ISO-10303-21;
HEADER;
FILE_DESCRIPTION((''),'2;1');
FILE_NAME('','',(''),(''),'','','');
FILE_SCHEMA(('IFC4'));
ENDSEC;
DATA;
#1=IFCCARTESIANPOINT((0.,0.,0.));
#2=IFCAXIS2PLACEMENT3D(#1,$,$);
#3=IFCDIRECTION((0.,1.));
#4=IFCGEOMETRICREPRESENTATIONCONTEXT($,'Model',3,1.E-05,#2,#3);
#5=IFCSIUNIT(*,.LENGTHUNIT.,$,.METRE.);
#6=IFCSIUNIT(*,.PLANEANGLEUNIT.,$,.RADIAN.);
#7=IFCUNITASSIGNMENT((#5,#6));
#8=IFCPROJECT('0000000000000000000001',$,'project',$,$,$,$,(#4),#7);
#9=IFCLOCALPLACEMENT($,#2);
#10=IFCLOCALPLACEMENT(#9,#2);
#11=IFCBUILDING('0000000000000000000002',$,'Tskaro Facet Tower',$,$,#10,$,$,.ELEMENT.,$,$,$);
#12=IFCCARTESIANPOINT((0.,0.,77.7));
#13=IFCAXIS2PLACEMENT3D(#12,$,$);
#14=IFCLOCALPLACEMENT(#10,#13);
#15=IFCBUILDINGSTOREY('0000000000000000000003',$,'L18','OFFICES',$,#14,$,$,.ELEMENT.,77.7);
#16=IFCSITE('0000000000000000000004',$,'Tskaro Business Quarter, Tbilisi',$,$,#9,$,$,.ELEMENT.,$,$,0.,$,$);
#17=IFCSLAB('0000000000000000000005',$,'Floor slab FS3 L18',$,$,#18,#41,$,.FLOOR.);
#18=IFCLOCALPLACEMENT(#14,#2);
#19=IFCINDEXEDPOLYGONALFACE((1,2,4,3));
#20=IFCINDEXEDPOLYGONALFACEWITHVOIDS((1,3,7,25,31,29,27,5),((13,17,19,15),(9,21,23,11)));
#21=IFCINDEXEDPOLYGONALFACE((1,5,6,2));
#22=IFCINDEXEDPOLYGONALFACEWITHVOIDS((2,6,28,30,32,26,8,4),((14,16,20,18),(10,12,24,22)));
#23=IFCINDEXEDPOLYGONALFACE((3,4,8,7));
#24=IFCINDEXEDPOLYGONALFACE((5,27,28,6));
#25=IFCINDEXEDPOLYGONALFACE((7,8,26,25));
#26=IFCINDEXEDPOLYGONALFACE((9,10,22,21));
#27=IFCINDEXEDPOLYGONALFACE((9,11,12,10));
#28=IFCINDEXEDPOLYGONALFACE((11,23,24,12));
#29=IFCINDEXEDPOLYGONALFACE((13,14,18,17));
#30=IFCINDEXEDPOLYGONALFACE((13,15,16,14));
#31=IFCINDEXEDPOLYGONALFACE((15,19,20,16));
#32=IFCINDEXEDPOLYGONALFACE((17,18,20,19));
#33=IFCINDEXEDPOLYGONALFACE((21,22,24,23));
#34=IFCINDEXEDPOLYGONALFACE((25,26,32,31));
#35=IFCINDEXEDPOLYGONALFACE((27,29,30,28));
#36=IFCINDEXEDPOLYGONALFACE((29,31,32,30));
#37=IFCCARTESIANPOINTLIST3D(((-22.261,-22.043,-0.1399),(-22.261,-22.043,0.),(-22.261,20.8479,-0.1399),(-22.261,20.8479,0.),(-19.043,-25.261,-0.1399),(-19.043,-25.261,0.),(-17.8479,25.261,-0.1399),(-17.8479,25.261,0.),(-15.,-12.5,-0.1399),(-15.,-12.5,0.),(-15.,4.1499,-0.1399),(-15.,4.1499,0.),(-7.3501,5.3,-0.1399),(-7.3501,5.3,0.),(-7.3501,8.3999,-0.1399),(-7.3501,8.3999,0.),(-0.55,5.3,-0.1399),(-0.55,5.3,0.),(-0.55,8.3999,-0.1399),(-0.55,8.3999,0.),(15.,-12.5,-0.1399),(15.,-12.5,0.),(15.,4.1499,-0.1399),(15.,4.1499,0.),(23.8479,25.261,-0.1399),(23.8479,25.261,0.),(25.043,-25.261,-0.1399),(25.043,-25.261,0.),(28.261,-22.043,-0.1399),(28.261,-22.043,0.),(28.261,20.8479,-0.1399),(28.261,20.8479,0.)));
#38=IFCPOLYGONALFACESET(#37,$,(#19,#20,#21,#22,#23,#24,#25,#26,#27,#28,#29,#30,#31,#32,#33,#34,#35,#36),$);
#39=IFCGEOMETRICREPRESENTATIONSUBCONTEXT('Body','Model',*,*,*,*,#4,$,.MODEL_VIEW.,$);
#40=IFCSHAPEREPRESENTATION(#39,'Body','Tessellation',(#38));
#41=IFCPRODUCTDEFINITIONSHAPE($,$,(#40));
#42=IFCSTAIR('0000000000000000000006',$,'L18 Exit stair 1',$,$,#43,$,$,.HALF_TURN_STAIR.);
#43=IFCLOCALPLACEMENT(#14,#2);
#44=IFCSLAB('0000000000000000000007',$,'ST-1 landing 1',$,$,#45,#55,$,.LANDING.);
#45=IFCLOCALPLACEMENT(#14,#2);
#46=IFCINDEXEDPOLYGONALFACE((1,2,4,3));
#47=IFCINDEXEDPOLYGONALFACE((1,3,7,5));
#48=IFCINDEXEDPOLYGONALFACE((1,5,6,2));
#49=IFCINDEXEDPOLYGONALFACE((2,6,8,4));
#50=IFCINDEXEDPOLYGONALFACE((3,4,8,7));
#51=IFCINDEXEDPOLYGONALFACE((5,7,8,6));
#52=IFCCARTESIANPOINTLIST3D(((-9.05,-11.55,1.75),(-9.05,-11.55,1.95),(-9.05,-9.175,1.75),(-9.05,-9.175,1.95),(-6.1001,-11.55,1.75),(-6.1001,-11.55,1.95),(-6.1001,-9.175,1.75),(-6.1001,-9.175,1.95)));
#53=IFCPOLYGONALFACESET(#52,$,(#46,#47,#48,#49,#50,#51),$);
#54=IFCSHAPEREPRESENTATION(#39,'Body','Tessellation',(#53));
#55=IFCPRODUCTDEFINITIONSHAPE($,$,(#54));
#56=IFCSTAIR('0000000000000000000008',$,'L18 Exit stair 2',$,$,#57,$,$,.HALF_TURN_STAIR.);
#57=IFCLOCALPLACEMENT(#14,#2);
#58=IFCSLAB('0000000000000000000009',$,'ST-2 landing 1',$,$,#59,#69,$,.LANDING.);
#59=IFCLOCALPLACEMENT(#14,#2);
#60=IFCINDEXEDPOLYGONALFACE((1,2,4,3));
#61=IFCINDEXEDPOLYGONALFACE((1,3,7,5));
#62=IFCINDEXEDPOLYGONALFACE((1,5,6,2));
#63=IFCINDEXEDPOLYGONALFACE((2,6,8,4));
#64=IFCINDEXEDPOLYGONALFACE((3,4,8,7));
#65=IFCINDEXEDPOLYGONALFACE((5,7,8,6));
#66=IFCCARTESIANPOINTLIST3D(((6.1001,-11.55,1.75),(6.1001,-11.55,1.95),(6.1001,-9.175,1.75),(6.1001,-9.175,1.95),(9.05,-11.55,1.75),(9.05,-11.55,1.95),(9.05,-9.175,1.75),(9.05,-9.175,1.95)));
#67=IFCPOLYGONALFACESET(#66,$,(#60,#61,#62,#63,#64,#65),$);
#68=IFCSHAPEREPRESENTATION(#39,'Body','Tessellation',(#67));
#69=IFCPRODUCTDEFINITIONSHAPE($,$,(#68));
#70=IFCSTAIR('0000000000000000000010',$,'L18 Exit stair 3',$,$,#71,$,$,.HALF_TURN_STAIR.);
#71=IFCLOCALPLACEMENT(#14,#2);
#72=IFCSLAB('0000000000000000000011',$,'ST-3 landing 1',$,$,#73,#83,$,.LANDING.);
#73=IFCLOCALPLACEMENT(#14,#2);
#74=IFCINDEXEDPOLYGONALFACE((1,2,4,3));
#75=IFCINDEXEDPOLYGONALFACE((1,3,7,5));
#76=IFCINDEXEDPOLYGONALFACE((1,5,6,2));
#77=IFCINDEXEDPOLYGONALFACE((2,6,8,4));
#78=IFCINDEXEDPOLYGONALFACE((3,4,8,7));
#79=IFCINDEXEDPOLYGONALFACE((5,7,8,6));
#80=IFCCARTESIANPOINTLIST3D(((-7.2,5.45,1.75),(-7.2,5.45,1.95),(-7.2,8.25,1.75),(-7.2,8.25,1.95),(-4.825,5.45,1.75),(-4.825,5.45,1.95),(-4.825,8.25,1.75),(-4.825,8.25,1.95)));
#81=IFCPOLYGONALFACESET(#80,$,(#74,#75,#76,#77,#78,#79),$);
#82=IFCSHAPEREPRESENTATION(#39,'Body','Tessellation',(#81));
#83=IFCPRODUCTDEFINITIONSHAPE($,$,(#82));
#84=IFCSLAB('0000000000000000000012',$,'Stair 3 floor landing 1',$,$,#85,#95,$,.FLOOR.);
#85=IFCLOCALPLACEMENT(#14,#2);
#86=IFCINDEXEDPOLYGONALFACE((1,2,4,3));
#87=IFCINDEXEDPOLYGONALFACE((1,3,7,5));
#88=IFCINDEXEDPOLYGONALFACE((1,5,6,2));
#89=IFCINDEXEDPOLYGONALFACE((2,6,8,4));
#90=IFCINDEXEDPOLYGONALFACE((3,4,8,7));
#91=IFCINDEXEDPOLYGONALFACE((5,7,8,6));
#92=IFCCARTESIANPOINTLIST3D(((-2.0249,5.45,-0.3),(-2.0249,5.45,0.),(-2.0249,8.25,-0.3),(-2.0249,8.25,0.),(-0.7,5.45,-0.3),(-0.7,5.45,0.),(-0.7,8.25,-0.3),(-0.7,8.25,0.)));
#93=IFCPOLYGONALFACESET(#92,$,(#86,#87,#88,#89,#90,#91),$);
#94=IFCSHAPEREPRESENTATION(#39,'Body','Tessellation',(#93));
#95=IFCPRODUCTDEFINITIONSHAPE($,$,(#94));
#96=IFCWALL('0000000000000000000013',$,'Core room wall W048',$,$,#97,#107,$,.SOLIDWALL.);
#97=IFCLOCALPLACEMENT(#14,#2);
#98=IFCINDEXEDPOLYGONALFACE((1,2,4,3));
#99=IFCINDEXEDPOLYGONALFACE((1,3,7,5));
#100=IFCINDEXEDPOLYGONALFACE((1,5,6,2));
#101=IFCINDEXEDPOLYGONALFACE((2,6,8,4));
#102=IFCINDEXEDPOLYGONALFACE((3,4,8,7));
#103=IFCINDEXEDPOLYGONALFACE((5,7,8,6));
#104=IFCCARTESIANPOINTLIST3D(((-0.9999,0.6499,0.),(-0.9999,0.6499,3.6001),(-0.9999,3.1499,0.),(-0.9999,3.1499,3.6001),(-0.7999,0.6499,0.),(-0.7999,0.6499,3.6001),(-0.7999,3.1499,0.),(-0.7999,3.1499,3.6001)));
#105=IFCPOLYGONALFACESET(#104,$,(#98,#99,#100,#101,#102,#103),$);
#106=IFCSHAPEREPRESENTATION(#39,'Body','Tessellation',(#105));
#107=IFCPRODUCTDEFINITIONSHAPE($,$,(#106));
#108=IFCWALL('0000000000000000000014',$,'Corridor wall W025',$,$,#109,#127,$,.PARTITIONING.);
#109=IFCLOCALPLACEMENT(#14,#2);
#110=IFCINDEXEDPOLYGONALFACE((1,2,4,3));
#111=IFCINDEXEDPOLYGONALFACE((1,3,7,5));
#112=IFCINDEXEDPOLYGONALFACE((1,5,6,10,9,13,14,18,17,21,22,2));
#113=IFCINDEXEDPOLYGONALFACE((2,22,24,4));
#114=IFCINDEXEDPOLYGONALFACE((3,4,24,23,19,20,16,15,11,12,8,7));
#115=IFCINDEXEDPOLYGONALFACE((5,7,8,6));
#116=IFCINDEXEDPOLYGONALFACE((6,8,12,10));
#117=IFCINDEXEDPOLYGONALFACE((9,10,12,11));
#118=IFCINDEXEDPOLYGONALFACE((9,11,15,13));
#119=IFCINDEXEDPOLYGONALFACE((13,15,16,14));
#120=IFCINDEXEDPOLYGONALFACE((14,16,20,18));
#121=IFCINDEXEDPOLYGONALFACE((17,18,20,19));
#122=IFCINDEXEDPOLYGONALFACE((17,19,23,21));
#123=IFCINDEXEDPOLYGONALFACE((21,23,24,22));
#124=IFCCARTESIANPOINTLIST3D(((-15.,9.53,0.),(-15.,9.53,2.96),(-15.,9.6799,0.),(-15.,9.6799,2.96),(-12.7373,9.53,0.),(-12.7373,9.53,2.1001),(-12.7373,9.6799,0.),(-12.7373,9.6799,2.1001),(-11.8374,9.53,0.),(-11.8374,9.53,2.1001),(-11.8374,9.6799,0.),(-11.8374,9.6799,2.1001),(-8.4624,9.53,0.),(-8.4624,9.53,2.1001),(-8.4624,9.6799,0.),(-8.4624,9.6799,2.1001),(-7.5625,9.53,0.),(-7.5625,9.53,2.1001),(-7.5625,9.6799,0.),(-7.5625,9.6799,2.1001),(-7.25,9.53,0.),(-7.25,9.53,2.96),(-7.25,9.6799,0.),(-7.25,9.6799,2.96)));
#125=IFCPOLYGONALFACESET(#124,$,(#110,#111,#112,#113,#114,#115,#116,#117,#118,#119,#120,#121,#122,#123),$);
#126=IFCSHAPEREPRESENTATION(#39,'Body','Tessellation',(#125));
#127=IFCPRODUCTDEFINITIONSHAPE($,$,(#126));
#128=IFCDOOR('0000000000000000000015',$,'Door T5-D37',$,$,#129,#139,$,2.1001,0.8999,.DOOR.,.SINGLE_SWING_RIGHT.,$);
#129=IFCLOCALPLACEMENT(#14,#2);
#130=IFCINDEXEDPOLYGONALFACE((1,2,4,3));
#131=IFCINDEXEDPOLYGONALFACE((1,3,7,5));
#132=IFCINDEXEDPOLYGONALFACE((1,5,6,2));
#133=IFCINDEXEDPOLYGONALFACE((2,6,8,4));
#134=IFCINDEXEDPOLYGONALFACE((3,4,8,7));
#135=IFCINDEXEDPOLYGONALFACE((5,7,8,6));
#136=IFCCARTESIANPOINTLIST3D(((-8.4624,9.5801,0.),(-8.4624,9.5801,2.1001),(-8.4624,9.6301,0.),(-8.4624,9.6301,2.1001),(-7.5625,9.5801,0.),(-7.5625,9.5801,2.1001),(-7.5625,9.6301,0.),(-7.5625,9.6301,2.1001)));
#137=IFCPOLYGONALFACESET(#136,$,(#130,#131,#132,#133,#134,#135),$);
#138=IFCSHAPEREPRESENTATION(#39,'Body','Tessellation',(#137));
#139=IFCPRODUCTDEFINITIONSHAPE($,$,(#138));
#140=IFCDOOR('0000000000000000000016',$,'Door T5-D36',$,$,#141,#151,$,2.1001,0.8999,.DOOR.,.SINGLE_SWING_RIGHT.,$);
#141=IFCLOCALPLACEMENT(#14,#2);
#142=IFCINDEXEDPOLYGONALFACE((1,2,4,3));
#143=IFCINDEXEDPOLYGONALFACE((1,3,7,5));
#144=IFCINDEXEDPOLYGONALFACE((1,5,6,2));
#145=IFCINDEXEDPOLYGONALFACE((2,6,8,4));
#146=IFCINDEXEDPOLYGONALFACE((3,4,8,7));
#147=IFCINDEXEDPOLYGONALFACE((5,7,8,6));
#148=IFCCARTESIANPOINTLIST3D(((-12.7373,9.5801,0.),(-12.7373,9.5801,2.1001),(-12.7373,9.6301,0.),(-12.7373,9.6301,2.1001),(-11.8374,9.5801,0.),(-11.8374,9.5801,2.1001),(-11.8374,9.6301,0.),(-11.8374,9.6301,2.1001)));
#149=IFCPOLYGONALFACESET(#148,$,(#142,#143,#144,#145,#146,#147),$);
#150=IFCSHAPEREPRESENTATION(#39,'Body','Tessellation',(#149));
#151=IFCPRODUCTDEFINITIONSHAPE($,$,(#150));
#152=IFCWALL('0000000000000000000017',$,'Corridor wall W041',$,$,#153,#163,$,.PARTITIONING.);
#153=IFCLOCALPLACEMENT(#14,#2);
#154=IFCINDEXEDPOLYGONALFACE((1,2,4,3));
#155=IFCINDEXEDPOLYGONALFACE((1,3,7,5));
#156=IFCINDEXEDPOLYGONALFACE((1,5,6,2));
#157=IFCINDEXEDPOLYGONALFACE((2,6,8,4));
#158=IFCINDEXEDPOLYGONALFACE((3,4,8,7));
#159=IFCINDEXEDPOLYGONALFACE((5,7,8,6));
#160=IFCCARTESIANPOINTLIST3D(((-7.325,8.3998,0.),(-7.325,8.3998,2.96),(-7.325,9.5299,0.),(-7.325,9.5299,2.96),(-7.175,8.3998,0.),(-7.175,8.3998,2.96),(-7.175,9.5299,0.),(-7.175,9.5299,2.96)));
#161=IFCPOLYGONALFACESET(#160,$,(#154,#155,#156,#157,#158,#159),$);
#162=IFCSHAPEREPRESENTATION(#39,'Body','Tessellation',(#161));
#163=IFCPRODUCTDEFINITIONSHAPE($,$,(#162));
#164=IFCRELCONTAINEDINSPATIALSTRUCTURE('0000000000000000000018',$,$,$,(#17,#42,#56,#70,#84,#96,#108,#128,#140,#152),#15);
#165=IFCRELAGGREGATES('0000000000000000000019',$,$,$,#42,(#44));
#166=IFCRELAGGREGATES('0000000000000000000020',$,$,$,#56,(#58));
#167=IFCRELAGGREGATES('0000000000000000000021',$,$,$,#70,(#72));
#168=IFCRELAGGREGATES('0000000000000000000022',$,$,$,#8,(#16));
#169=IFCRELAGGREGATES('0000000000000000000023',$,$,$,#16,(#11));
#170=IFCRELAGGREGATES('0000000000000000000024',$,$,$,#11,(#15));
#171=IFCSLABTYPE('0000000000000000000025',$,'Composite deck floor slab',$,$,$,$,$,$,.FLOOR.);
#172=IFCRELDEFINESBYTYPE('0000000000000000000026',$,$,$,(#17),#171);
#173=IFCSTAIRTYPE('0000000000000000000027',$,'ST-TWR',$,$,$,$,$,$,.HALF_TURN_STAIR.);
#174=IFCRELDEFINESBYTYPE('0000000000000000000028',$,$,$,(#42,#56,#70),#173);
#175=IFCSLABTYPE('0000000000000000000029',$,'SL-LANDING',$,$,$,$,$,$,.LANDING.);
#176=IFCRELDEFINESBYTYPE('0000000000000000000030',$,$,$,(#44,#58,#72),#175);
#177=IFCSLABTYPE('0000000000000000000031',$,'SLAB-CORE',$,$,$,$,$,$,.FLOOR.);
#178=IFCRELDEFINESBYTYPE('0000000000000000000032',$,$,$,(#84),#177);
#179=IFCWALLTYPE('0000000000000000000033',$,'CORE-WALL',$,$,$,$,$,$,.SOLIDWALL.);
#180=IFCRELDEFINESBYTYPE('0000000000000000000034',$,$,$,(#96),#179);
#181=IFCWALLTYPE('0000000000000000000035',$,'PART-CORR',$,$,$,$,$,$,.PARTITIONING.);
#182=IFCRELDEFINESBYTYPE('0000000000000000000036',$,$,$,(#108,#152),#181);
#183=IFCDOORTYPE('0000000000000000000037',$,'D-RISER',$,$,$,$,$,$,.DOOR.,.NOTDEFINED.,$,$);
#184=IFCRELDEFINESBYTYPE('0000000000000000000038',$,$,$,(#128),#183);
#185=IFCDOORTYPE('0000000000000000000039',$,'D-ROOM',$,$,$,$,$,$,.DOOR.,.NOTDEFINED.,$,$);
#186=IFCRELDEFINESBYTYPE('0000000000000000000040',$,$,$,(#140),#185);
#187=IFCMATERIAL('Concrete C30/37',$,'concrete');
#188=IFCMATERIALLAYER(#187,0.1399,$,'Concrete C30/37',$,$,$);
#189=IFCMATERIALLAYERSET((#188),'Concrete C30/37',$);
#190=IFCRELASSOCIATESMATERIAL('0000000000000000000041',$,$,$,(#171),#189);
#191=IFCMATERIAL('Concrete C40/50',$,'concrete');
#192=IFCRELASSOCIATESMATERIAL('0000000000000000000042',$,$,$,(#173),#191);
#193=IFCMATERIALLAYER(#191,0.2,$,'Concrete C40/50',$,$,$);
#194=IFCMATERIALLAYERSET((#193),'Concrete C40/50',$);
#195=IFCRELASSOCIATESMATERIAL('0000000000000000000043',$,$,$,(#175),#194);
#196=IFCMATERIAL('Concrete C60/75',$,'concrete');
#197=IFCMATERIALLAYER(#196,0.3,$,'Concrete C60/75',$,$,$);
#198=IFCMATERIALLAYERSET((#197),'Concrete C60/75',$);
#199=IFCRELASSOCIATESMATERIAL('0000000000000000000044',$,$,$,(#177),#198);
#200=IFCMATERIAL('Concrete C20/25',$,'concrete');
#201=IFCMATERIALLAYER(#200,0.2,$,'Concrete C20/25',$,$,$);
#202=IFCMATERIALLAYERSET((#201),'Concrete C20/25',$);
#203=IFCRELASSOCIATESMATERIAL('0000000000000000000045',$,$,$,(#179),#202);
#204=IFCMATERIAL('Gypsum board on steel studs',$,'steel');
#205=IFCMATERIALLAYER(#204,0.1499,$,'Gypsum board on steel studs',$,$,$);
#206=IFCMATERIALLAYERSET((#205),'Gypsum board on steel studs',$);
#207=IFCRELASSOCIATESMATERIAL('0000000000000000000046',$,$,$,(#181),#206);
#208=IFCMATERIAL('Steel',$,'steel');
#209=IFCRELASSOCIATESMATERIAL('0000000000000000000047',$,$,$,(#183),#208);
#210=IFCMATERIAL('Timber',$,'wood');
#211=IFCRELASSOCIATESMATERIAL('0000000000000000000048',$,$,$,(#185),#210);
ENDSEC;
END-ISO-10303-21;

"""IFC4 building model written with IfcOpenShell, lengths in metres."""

from ifc_helpers import new_model, si_unit, direction, frame, frame_2d, origin, place, context, subcontext, project, spatial, polyline, rectangle, outline, extrude, material, layer, layer_set, type_object, element, fill, aggregate, save


model = new_model("IFC4")

# Units and contexts
model_context = context("Model", 3, precision=1e-05, world=origin(), true_north=direction((0.0, 1.0)))
body_context = subcontext(model_context, "Body", "Model", "MODEL_VIEW")
ifc_project = project(units=[si_unit("LENGTHUNIT", "METRE"), si_unit("PLANEANGLEUNIT", "RADIAN")], contexts=[model_context])

# Site, building, storey
site_placement = place(None, origin())
site = spatial("IfcSite", under=ifc_project, at=site_placement, Name="Tskaro Business Quarter, Tbilisi", CompositionType="ELEMENT", RefElevation=0.0)
building_placement = place(site_placement, origin())
building = spatial("IfcBuilding", under=site, at=building_placement, Name="Tskaro Facet Tower", CompositionType="ELEMENT")
storey_placement = place(building_placement, frame((0.0, 0.0, 77.7)))
storey = spatial("IfcBuildingStorey", under=building, at=storey_placement, Name="L18", Description="OFFICES", CompositionType="ELEMENT", Elevation=77.7)

# Slab
ifc_material_1 = material(Name="Concrete C30/37", Category="concrete")
ifc_layer_1 = layer(ifc_material_1, 0.1399, Name="Concrete C30/37")
ifc_layer_set_1 = layer_set([ifc_layer_1], Name="Concrete C30/37")
slab_type_1 = type_object("IfcSlabType", Name="Composite deck floor slab", PredefinedType="FLOOR", material=ifc_layer_set_1)
slab_1_placement = place(storey_placement, frame((0.0, 0.0, -0.1399)))
element("IfcSlab", 1, at=slab_1_placement, inside=storey, type_object=slab_type_1, Name="Floor slab FS3 L18", PredefinedType="FLOOR", context=body_context, shape_type="SweptSolid", body=[
    extrude(outline(polyline([(-19.043, -25.261), (25.043, -25.261), (28.261, -22.043), (28.261, 20.8479), (23.8479, 25.261), (-17.8479, 25.261), (-22.261, 20.8479), (-22.261, -22.043), (-19.043, -25.261)]), holes=[polyline([(-15.0, -12.5), (15.0, -12.5), (15.0, 4.1499), (-15.0, 4.1499), (-15.0, -12.5)]), polyline([(-7.3501, 5.3), (-0.55, 5.3), (-0.55, 8.3999), (-7.3501, 8.3999), (-7.3501, 5.3)])]), origin(), (0.0, 0.0, 1.0), 0.1399),
])

# Stairs, slabs
ifc_material_2 = material(Name="Concrete C40/50", Category="concrete")
stair_type = type_object("IfcStairType", Name="ST-TWR", PredefinedType="HALF_TURN_STAIR", material=ifc_material_2)
stair_1_placement = place(storey_placement, origin())
stair_1 = element("IfcStair", 2, at=stair_1_placement, inside=storey, type_object=stair_type, Name="L18 Exit stair 1", PredefinedType="HALF_TURN_STAIR")
ifc_layer_2 = layer(ifc_material_2, 0.2, Name="Concrete C40/50")
ifc_layer_set_2 = layer_set([ifc_layer_2], Name="Concrete C40/50")
slab_type_2 = type_object("IfcSlabType", Name="SL-LANDING", PredefinedType="LANDING", material=ifc_layer_set_2)
slab_2_placement = place(storey_placement, frame((0.0, 0.0, 1.75)))
slab_2 = element("IfcSlab", 3, at=slab_2_placement, type_object=slab_type_2, Name="ST-1 landing 1", PredefinedType="LANDING", context=body_context, shape_type="SweptSolid", body=[
    extrude(outline(polyline([(-9.05, -11.55), (-6.1001, -11.55), (-6.1001, -9.175), (-9.05, -9.175), (-9.05, -11.55)])), origin(), (0.0, 0.0, 1.0), 0.2),
])
aggregate(stair_1, [slab_2])
stair_2_placement = place(storey_placement, origin())
stair_2 = element("IfcStair", 4, at=stair_2_placement, inside=storey, type_object=stair_type, Name="L18 Exit stair 2", PredefinedType="HALF_TURN_STAIR")
slab_3_placement = place(storey_placement, frame((0.0, 0.0, 1.75)))
slab_3 = element("IfcSlab", 5, at=slab_3_placement, type_object=slab_type_2, Name="ST-2 landing 1", PredefinedType="LANDING", context=body_context, shape_type="SweptSolid", body=[
    extrude(outline(polyline([(6.1001, -11.55), (9.05, -11.55), (9.05, -9.175), (6.1001, -9.175), (6.1001, -11.55)])), origin(), (0.0, 0.0, 1.0), 0.2),
])
aggregate(stair_2, [slab_3])
stair_3_placement = place(storey_placement, origin())
stair_3 = element("IfcStair", 6, at=stair_3_placement, inside=storey, type_object=stair_type, Name="L18 Exit stair 3", PredefinedType="HALF_TURN_STAIR")
slab_4_placement = place(storey_placement, frame((0.0, 0.0, 1.75)))
slab_4 = element("IfcSlab", 7, at=slab_4_placement, type_object=slab_type_2, Name="ST-3 landing 1", PredefinedType="LANDING", context=body_context, shape_type="SweptSolid", body=[
    extrude(outline(polyline([(-7.2, 5.45), (-4.825, 5.45), (-4.825, 8.25), (-7.2, 8.25), (-7.2, 5.45)])), origin(), (0.0, 0.0, 1.0), 0.2),
])

# Slab
ifc_material_3 = material(Name="Concrete C60/75", Category="concrete")
ifc_layer_3 = layer(ifc_material_3, 0.3, Name="Concrete C60/75")
ifc_layer_set_3 = layer_set([ifc_layer_3], Name="Concrete C60/75")
slab_type_3 = type_object("IfcSlabType", Name="SLAB-CORE", PredefinedType="FLOOR", material=ifc_layer_set_3)
slab_5_placement = place(storey_placement, frame((0.0, 0.0, -0.3)))
element("IfcSlab", 8, at=slab_5_placement, inside=storey, type_object=slab_type_3, Name="Stair 3 floor landing 1", PredefinedType="FLOOR", context=body_context, shape_type="SweptSolid", body=[
    extrude(outline(polyline([(-2.0249, 5.45), (-0.7, 5.45), (-0.7, 8.25), (-2.0249, 8.25), (-2.0249, 5.45)])), origin(), (0.0, 0.0, 1.0), 0.3),
])

# Wall
ifc_material_4 = material(Name="Concrete C20/25", Category="concrete")
ifc_layer_4 = layer(ifc_material_4, 0.2, Name="Concrete C20/25")
ifc_layer_set_4 = layer_set([ifc_layer_4], Name="Concrete C20/25")
wall_type_1 = type_object("IfcWallType", Name="CORE-WALL", PredefinedType="SOLIDWALL", material=ifc_layer_set_4)
wall_1_placement = place(storey_placement, frame((-0.8999, 0.6499, 0.0), z_axis=(0.0, 0.0, 1.0), x_axis=(0.0, 1.0, 0.0)))
element("IfcWall", 9, at=wall_1_placement, inside=storey, type_object=wall_type_1, Name="Core room wall W048", PredefinedType="SOLIDWALL", context=body_context, shape_type="SweptSolid", body=[
    extrude(rectangle(XDim=2.5, YDim=0.2, at=frame_2d((1.25, 0.0))), origin(), (0.0, 0.0, 1.0), 3.6001),
])

# Wall, openings, doors
ifc_material_5 = material(Name="Gypsum board on steel studs", Category="steel")
ifc_layer_5 = layer(ifc_material_5, 0.1499, Name="Gypsum board on steel studs")
ifc_layer_set_5 = layer_set([ifc_layer_5], Name="Gypsum board on steel studs")
wall_type_2 = type_object("IfcWallType", Name="PART-CORR", PredefinedType="PARTITIONING", material=ifc_layer_set_5)
wall_2_placement = place(storey_placement, frame((-7.25, 9.605, 0.0), z_axis=(0.0, 0.0, 1.0), x_axis=(-1.0, 0.0, 0.0)))
wall_2 = element("IfcWall", 10, at=wall_2_placement, inside=storey, type_object=wall_type_2, Name="Corridor wall W025", PredefinedType="PARTITIONING", context=body_context, shape_type="SweptSolid", body=[
    extrude(rectangle(XDim=7.75, YDim=0.1499, at=frame_2d((3.875, 0.0))), origin(), (0.0, 0.0, 1.0), 2.96),
])
opening_1_placement = place(wall_2_placement, frame((0.3125, 0.0, 0.0)))
opening_1 = element("IfcOpeningElement", 11, at=opening_1_placement, cuts=wall_2, PredefinedType="OPENING", context=body_context, shape_type="SweptSolid", body=[
    extrude(rectangle(XDim=0.8999, YDim=2.1001, at=frame_2d((0.45, 1.05))), frame((0.0, 0.085, 0.0), z_axis=(0.0, -1.0, 0.0), x_axis=(1.0, 0.0, 0.0)), (0.0, 0.0, 1.0), 0.1699),
])
opening_2_placement = place(wall_2_placement, frame((4.5874, 0.0, 0.0)))
opening_2 = element("IfcOpeningElement", 12, at=opening_2_placement, cuts=wall_2, PredefinedType="OPENING", context=body_context, shape_type="SweptSolid", body=[
    extrude(rectangle(XDim=0.8999, YDim=2.1001, at=frame_2d((0.45, 1.05))), frame((0.0, 0.085, 0.0), z_axis=(0.0, -1.0, 0.0), x_axis=(1.0, 0.0, 0.0)), (0.0, 0.0, 1.0), 0.1699),
])
ifc_material_6 = material(Name="Steel", Category="steel")
door_type_1 = type_object("IfcDoorType", Name="D-RISER", OperationType="NOTDEFINED", PredefinedType="DOOR", material=ifc_material_6)
door_1_placement = place(opening_1_placement, origin())
door_1 = element("IfcDoor", 13, at=door_1_placement, inside=storey, type_object=door_type_1, Name="Door T5-D37", OperationType="SINGLE_SWING_RIGHT", OverallHeight=2.1001, OverallWidth=0.8999, PredefinedType="DOOR", context=body_context, shape_type="SweptSolid", body=[
    extrude(rectangle(XDim=0.8999, YDim=2.1001, at=frame_2d((0.45, 1.05))), frame((0.0, 0.0249, 0.0), z_axis=(0.0, -1.0, 0.0), x_axis=(1.0, 0.0, 0.0)), (0.0, 0.0, 1.0), 0.05),
])
fill(opening_1, door_1)
ifc_material_7 = material(Name="Timber", Category="wood")
door_type_2 = type_object("IfcDoorType", Name="D-ROOM", OperationType="NOTDEFINED", PredefinedType="DOOR", material=ifc_material_7)
door_2_placement = place(opening_2_placement, origin())
door_2 = element("IfcDoor", 14, at=door_2_placement, inside=storey, type_object=door_type_2, Name="Door T5-D36", OperationType="SINGLE_SWING_RIGHT", OverallHeight=2.1001, OverallWidth=0.8999, PredefinedType="DOOR", context=body_context, shape_type="SweptSolid", body=[
    extrude(rectangle(XDim=0.8999, YDim=2.1001, at=frame_2d((0.45, 1.05))), frame((0.0, 0.0249, 0.0), z_axis=(0.0, -1.0, 0.0), x_axis=(1.0, 0.0, 0.0)), (0.0, 0.0, 1.0), 0.05),
])
fill(opening_2, door_2)

# Wall
wall_3_placement = place(storey_placement, frame((-7.25, 8.3999, 0.0), z_axis=(0.0, 0.0, 1.0), x_axis=(0.0, 1.0, 0.0)))
element("IfcWall", 15, at=wall_3_placement, inside=storey, type_object=wall_type_2, Name="Corridor wall W041", PredefinedType="PARTITIONING", context=body_context, shape_type="SweptSolid", body=[
    extrude(rectangle(XDim=1.1301, YDim=0.1499, at=frame_2d((0.5649, 0.0))), origin(), (0.0, 0.0, 1.0), 2.96),
])

aggregate(stair_3, [slab_4])

save(model, "model.ifc")
